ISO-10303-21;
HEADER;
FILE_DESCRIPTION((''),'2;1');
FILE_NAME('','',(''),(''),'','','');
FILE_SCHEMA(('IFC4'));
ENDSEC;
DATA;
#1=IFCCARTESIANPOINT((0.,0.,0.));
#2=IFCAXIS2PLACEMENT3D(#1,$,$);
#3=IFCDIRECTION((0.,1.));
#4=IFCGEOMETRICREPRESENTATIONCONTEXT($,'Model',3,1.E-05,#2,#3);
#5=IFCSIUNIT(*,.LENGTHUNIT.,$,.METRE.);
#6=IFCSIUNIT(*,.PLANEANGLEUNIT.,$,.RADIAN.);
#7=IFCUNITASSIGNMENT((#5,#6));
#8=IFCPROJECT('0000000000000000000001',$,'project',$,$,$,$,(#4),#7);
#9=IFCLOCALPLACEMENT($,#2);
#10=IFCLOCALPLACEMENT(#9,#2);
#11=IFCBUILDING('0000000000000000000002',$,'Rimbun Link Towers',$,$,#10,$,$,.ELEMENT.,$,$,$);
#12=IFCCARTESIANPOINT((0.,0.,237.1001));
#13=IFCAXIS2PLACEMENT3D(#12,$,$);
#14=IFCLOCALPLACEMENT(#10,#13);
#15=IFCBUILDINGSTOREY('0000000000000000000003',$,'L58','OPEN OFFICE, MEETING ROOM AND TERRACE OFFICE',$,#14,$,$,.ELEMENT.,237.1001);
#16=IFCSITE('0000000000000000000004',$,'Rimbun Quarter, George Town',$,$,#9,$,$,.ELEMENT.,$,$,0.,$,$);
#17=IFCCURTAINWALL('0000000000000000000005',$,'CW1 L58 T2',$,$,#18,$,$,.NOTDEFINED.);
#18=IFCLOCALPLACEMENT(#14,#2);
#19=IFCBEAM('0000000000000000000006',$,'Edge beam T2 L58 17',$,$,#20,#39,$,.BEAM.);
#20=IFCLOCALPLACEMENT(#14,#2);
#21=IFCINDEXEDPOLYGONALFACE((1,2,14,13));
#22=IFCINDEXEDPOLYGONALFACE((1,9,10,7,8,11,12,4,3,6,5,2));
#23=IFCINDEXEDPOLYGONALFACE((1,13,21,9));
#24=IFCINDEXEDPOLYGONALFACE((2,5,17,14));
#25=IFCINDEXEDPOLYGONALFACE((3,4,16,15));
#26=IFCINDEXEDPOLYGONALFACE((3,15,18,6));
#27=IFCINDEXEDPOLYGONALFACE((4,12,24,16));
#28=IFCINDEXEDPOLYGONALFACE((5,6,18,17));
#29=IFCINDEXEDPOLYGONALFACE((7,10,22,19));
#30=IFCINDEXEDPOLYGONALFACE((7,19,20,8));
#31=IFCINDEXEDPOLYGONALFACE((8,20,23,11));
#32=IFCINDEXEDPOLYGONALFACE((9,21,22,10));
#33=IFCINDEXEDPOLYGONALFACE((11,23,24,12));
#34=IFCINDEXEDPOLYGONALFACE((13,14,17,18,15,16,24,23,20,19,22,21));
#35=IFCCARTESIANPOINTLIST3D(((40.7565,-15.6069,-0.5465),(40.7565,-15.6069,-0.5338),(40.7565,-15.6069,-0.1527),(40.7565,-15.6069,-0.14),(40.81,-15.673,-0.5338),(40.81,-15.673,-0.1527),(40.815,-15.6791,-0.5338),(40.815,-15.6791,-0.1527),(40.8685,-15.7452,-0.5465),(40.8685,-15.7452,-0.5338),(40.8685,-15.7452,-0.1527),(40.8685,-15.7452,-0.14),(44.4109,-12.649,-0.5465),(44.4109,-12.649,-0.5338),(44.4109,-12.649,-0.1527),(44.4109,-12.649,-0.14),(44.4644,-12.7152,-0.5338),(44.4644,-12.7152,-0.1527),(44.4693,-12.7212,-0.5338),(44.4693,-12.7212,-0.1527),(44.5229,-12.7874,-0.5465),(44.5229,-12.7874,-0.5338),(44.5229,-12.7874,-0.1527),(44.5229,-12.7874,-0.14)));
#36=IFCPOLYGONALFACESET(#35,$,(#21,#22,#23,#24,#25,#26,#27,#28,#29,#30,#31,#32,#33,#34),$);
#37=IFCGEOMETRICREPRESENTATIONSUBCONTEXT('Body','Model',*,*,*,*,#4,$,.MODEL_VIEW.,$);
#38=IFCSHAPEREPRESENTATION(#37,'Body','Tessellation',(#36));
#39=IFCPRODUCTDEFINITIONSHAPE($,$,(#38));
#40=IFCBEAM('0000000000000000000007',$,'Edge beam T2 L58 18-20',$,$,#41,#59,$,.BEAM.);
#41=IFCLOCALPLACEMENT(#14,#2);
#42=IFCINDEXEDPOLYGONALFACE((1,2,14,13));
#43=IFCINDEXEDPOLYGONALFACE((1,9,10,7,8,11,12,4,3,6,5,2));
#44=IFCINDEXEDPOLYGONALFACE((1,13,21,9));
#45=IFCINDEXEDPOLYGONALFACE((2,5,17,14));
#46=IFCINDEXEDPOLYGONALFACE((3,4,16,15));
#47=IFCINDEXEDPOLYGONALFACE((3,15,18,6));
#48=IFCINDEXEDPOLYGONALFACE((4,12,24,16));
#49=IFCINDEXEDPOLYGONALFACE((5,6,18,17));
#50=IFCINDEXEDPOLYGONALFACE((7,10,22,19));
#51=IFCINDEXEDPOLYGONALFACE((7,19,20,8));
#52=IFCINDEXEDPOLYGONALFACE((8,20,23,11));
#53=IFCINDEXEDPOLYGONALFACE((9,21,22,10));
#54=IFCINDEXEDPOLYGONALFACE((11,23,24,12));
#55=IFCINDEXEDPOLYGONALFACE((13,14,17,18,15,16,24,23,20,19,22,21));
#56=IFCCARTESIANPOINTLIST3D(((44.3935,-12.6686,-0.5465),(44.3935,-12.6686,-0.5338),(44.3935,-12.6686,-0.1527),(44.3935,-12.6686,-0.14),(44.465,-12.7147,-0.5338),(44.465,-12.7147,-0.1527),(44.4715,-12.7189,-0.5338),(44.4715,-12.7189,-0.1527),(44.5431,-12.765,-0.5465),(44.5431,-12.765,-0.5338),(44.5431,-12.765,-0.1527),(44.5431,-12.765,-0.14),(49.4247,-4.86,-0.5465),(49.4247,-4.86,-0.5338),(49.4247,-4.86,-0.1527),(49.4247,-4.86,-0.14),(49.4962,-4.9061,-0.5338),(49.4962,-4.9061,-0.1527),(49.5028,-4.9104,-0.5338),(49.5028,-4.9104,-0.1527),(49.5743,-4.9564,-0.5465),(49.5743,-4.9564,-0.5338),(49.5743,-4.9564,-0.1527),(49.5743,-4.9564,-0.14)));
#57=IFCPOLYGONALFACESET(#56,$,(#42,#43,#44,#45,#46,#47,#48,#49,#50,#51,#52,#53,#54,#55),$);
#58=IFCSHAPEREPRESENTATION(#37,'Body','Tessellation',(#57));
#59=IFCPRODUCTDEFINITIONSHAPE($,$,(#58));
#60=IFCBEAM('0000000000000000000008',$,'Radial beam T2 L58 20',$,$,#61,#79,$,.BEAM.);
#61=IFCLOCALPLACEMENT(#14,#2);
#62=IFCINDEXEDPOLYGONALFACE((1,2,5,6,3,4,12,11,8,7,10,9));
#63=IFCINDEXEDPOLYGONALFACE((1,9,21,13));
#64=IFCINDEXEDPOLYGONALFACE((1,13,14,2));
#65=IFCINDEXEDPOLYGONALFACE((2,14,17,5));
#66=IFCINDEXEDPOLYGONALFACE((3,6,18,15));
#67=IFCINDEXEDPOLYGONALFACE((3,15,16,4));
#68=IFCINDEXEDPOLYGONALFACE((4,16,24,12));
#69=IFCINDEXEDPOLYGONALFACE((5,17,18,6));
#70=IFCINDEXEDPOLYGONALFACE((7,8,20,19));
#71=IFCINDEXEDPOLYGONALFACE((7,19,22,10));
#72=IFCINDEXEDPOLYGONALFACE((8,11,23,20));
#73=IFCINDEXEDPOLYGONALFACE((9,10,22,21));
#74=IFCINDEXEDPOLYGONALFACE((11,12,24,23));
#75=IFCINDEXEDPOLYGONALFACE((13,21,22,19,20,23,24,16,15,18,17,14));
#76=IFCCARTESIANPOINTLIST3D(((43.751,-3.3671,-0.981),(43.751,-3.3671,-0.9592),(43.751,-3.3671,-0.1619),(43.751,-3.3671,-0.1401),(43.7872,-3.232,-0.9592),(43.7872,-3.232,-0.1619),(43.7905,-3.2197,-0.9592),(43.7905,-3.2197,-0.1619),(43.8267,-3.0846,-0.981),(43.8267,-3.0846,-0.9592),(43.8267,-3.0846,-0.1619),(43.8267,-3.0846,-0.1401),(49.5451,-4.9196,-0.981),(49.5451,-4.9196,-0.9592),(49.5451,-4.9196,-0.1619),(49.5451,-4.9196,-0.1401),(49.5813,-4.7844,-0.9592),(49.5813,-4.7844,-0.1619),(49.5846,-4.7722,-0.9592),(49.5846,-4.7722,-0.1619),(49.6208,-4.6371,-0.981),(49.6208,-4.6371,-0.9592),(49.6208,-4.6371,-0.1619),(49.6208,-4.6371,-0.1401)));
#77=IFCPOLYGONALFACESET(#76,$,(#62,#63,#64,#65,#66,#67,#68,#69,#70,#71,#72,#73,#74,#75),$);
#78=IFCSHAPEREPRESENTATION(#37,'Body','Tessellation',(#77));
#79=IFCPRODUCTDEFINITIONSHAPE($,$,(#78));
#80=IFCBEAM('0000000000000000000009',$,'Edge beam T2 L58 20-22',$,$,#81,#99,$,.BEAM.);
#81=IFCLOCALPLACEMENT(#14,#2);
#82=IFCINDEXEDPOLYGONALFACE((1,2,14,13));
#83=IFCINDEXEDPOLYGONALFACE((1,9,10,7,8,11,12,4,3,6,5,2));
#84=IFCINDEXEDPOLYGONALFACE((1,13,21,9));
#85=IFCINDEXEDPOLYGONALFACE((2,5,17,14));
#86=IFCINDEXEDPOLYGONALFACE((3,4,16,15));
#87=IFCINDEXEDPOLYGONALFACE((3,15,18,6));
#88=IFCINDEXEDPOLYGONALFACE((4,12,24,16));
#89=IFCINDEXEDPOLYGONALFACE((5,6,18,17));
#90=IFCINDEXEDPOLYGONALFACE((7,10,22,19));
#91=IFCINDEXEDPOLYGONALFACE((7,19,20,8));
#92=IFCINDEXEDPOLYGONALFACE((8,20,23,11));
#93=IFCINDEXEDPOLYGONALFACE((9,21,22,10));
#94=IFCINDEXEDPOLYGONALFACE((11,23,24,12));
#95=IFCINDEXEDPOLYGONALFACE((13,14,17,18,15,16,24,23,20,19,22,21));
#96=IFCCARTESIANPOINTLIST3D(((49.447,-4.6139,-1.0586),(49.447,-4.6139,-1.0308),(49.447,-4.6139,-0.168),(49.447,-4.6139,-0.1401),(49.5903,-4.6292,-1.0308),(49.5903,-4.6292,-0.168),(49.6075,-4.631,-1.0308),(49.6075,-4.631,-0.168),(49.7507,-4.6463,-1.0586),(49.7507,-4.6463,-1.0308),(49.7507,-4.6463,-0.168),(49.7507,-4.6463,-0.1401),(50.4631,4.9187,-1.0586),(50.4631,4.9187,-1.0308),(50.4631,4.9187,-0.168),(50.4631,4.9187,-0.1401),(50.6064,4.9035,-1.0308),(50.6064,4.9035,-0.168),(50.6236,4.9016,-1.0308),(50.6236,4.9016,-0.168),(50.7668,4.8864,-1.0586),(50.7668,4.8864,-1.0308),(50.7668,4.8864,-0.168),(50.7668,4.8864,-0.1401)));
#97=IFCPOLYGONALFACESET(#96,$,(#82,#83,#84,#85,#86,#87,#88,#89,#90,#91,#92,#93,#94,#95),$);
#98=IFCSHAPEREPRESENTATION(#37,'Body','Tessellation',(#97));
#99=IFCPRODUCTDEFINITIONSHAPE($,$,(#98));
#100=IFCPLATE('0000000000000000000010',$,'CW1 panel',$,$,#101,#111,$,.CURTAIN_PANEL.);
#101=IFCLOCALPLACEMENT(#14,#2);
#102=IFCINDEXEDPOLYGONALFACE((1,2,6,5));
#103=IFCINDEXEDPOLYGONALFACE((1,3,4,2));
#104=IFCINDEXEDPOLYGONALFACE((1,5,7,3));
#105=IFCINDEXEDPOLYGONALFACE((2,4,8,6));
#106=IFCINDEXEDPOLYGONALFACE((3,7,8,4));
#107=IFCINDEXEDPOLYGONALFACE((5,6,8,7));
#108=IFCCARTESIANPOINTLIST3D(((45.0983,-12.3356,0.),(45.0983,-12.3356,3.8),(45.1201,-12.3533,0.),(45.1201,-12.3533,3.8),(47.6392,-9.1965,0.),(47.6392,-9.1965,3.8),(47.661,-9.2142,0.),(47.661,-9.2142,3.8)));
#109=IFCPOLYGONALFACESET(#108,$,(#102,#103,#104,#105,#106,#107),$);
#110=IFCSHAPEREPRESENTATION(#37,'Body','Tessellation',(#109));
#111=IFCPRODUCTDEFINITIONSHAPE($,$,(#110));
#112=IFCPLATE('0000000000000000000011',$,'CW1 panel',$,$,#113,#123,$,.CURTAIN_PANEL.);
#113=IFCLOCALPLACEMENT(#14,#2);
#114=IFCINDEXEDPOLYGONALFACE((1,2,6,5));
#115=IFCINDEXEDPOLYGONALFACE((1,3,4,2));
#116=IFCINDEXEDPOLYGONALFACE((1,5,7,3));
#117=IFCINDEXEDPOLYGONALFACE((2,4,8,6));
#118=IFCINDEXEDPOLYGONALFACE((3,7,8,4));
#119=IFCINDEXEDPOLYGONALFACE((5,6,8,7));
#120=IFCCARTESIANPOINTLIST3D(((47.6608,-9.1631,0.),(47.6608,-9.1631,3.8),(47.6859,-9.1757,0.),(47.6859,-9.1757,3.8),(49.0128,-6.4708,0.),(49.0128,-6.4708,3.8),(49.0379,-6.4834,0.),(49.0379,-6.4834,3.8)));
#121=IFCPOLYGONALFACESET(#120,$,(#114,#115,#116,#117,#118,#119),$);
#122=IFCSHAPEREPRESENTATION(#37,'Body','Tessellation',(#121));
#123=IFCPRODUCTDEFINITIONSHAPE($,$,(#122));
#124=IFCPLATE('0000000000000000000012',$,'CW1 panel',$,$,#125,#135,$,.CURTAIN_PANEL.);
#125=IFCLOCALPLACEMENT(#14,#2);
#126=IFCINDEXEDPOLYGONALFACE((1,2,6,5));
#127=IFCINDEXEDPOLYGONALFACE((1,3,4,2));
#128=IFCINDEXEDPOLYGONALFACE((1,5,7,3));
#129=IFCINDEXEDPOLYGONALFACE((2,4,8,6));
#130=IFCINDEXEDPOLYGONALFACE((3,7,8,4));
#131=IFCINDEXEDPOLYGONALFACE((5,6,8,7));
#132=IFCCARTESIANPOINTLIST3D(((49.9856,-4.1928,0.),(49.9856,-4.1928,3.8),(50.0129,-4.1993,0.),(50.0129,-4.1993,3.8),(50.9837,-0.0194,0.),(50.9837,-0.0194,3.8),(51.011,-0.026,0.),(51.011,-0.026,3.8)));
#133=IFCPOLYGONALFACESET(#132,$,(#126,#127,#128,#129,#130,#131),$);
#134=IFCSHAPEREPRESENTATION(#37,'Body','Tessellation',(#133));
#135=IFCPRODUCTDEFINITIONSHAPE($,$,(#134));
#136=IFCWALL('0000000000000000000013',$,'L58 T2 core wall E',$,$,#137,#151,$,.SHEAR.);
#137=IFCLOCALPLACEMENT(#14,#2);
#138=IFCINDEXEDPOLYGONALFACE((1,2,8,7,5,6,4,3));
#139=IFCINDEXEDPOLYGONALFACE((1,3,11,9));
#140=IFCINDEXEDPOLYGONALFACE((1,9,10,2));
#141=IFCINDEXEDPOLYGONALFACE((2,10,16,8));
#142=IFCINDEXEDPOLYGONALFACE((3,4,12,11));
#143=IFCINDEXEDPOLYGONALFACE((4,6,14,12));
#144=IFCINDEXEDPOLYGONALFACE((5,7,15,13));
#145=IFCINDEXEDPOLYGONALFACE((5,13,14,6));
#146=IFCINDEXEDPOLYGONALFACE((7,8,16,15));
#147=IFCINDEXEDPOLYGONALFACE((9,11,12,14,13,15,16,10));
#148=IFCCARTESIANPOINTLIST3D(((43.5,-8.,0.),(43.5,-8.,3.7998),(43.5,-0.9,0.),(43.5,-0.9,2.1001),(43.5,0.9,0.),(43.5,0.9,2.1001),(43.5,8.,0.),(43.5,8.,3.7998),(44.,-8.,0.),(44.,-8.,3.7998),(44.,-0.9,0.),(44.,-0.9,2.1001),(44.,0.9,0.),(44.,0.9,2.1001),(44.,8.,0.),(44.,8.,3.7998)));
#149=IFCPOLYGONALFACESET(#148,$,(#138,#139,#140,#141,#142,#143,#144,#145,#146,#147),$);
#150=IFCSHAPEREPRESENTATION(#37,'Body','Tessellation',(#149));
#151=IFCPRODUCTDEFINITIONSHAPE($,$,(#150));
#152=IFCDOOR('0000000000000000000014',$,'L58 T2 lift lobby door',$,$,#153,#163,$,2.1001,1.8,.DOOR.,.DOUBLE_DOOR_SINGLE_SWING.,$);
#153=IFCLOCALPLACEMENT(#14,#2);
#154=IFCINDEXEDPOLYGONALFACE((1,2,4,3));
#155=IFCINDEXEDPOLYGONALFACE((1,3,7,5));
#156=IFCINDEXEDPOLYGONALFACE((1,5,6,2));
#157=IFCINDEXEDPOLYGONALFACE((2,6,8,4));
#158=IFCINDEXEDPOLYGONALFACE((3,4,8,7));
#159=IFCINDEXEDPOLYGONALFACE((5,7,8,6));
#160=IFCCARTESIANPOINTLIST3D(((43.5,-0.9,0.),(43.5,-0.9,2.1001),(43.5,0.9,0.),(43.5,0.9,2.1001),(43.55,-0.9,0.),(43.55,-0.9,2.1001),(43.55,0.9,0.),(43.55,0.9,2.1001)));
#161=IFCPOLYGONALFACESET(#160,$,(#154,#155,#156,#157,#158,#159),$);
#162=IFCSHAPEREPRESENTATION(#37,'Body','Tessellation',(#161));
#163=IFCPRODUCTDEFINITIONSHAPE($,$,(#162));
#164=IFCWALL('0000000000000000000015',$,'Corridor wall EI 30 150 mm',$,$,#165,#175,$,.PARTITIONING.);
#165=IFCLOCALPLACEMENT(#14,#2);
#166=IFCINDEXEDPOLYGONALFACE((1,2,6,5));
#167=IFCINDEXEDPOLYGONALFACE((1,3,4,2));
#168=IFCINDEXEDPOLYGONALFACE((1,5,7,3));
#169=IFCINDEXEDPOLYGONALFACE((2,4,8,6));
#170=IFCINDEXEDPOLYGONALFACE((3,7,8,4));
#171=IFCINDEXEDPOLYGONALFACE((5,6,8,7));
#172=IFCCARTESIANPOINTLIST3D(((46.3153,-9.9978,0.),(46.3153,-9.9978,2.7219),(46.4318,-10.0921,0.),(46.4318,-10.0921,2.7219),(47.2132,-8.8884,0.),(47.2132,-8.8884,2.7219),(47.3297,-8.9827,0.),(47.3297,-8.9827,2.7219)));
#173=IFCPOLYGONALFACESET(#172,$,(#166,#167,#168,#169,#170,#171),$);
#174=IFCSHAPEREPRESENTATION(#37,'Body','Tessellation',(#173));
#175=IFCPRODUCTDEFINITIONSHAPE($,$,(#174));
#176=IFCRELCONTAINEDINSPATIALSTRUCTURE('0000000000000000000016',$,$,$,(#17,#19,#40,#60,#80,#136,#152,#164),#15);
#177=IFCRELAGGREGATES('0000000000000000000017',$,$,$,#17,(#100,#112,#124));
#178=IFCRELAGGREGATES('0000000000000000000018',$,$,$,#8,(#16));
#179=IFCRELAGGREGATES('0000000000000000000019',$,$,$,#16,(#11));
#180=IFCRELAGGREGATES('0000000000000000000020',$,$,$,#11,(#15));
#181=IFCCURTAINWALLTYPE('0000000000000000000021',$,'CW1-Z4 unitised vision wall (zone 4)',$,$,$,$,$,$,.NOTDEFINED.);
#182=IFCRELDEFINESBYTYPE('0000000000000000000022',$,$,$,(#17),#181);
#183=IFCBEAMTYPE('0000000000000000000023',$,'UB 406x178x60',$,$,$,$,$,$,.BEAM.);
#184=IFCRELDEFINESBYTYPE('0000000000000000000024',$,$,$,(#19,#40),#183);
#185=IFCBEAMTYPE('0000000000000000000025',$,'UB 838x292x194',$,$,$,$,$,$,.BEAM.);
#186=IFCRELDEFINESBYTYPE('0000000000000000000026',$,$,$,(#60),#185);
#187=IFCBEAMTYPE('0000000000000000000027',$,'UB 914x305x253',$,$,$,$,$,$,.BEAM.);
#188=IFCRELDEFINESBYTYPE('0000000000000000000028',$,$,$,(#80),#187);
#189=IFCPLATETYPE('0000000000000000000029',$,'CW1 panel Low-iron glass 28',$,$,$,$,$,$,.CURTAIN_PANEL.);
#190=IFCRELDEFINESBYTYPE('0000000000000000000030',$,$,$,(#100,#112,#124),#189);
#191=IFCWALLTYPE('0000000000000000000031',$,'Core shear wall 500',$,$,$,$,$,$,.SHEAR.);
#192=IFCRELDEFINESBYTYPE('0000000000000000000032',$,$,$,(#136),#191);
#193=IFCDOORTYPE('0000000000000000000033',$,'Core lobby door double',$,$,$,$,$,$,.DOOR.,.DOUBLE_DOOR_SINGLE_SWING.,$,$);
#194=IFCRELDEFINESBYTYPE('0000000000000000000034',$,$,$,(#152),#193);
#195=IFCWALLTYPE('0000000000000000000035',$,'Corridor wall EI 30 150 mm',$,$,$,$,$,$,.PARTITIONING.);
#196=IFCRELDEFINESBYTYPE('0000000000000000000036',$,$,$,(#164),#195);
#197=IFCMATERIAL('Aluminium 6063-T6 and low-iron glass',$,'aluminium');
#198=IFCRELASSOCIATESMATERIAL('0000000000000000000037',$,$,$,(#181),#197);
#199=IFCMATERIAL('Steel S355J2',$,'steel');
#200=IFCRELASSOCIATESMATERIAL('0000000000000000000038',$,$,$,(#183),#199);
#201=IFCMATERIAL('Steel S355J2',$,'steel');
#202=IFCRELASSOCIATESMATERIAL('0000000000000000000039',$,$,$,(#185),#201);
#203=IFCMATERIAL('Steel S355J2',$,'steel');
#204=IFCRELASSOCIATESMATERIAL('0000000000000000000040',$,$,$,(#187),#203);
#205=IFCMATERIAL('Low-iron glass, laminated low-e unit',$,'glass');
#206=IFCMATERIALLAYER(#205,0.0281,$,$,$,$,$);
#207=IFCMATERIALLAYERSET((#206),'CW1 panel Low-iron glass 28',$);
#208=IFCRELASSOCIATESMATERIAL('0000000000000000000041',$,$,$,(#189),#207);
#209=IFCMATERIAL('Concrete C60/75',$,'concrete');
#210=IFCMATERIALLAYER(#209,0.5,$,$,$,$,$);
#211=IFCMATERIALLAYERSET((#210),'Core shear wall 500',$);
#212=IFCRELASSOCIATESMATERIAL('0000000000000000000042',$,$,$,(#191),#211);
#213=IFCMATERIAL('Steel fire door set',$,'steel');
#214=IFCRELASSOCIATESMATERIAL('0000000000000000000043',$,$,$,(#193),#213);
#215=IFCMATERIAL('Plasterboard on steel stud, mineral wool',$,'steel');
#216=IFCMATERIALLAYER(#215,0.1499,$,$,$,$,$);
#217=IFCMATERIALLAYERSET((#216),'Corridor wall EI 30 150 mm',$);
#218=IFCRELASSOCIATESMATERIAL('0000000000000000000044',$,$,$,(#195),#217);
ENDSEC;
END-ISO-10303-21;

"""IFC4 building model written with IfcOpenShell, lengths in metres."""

from ifc_helpers import new_model, si_unit, direction, frame, frame_2d, origin, origin_2d, place, context, subcontext, project, spatial, rectangle, i_section, extrude, material, layer, layer_set, material_profile, profile_set, type_object, element, fill, aggregate, save


model = new_model("IFC4")

# Units and contexts
model_context = context("Model", 3, precision=1e-05, world=origin(), true_north=direction((0.0, 1.0)))
body_context = subcontext(model_context, "Body", "Model", "MODEL_VIEW")
ifc_project = project(units=[si_unit("LENGTHUNIT", "METRE"), si_unit("PLANEANGLEUNIT", "RADIAN")], contexts=[model_context])

# Site, building, storey
site_placement = place(None, origin())
site = spatial("IfcSite", under=ifc_project, at=site_placement, Name="Rimbun Quarter, George Town", CompositionType="ELEMENT", RefElevation=0.0)
building_placement = place(site_placement, origin())
building = spatial("IfcBuilding", under=site, at=building_placement, Name="Rimbun Link Towers", CompositionType="ELEMENT")
storey_placement = place(building_placement, frame((0.0, 0.0, 237.1001)))
storey = spatial("IfcBuildingStorey", under=building, at=storey_placement, Name="L58", Description="OPEN OFFICE, MEETING ROOM AND TERRACE OFFICE", CompositionType="ELEMENT", Elevation=237.1001)

# Curtain wall
ifc_material_1 = material(Name="Aluminium 6063-T6 and low-iron glass", Category="aluminium")
curtain_wall_type = type_object("IfcCurtainWallType", Name="CW1-Z4 unitised vision wall (zone 4)", PredefinedType="NOTDEFINED", material=ifc_material_1)
curtain_wall_placement = place(storey_placement, origin())
curtain_wall = element("IfcCurtainWall", 1, at=curtain_wall_placement, inside=storey, type_object=curtain_wall_type, Name="CW1 L58 T2", PredefinedType="NOTDEFINED")

# Beams
ifc_material_2 = material(Name="Steel S355J2", Category="steel")
ifc_material_profile_1 = material_profile(ifc_material_2, i_section(OverallWidth=0.178, OverallDepth=0.4065, WebThickness=0.0078, FlangeThickness=0.0127, at=origin_2d()), Name="UB 406x178x60")
ifc_profile_set_1 = profile_set([ifc_material_profile_1], Name="Steel S355J2")
beam_type_1 = type_object("IfcBeamType", Name="UB 406x178x60", PredefinedType="BEAM", material=ifc_profile_set_1)
beam_1_placement = place(storey_placement, frame((40.8125, -15.676, -0.3433), z_axis=(0.777294, 0.629137, 0.0), x_axis=(-0.629137, 0.777294, 0.0)))
element("IfcBeam", 2, at=beam_1_placement, inside=storey, type_object=beam_type_1, Name="Edge beam T2 L58 17", PredefinedType="BEAM", context=body_context, shape_type="SweptSolid", body=[
    extrude(i_section(OverallWidth=0.178, OverallDepth=0.4065, WebThickness=0.0078, FlangeThickness=0.0127, at=origin_2d()), origin(), (0.0, 0.0, 1.0), 4.7014),
])
beam_2_placement = place(storey_placement, frame((44.4683, -12.7168, -0.3433), z_axis=(0.541629, 0.840618, 0.0), x_axis=(-0.840618, 0.541629, 0.0)))
element("IfcBeam", 3, at=beam_2_placement, inside=storey, type_object=beam_type_1, Name="Edge beam T2 L58 18-20", PredefinedType="BEAM", context=body_context, shape_type="SweptSolid", body=[
    extrude(i_section(OverallWidth=0.178, OverallDepth=0.4065, WebThickness=0.0078, FlangeThickness=0.0127, at=origin_2d()), origin(), (0.0, 0.0, 1.0), 9.2891),
])
ifc_material_3 = material(Name="Steel S355J2", Category="steel")
ifc_material_profile_2 = material_profile(ifc_material_3, i_section(OverallWidth=0.2925, OverallDepth=0.8408, WebThickness=0.0127, FlangeThickness=0.0217, at=origin_2d()), Name="UB 838x292x194")
ifc_profile_set_2 = profile_set([ifc_material_profile_2], Name="Steel S355J2")
beam_type_2 = type_object("IfcBeamType", Name="UB 838x292x194", PredefinedType="BEAM", material=ifc_profile_set_2)
beam_3_placement = place(storey_placement, frame((43.7888, -3.2258, -0.5605), z_axis=(0.965928, -0.25881, 0.0), x_axis=(0.25881, 0.965928, 0.0)))
element("IfcBeam", 4, at=beam_3_placement, inside=storey, type_object=beam_type_2, Name="Radial beam T2 L58 20", PredefinedType="BEAM", context=body_context, shape_type="SweptSolid", body=[
    extrude(i_section(OverallWidth=0.2925, OverallDepth=0.8408, WebThickness=0.0127, FlangeThickness=0.0217, at=origin_2d()), origin(), (0.0, 0.0, 1.0), 5.9985),
])
ifc_material_4 = material(Name="Steel S355J2", Category="steel")
ifc_material_profile_3 = material_profile(ifc_material_4, i_section(OverallWidth=0.3054, OverallDepth=0.9185, WebThickness=0.0173, FlangeThickness=0.0278, at=origin_2d()), Name="UB 914x305x253")
ifc_profile_set_3 = profile_set([ifc_material_profile_3], Name="Steel S355J2")
beam_type_3 = type_object("IfcBeamType", Name="UB 914x305x253", PredefinedType="BEAM", material=ifc_profile_set_3)
beam_4_placement = place(storey_placement, frame((49.5989, -4.6301, -0.5994), z_axis=(0.105992, 0.994367, 0.0), x_axis=(-0.994367, 0.105992, 0.0)))
element("IfcBeam", 5, at=beam_4_placement, inside=storey, type_object=beam_type_3, Name="Edge beam T2 L58 20-22", PredefinedType="BEAM", context=body_context, shape_type="SweptSolid", body=[
    extrude(i_section(OverallWidth=0.3054, OverallDepth=0.9185, WebThickness=0.0173, FlangeThickness=0.0278, at=origin_2d()), origin(), (0.0, 0.0, 1.0), 9.5867),
])

# Plates
ifc_material_5 = material(Name="Low-iron glass, laminated low-e unit", Category="glass")
ifc_layer_1 = layer(ifc_material_5, 0.0281)
ifc_layer_set_1 = layer_set([ifc_layer_1], Name="CW1 panel Low-iron glass 28")
plate_type = type_object("IfcPlateType", Name="CW1 panel Low-iron glass 28", PredefinedType="CURTAIN_PANEL", material=ifc_layer_set_1)
plate_1_placement = place(storey_placement, frame((46.3796, -10.7749, 0.0), z_axis=(0.0, 0.0, 1.0), x_axis=(-0.629148, -0.777285, 0.0)))
plate_1 = element("IfcPlate", 6, at=plate_1_placement, type_object=plate_type, Name="CW1 panel", PredefinedType="CURTAIN_PANEL", context=body_context, shape_type="SweptSolid", body=[
    extrude(rectangle(XDim=4.0386, YDim=0.0281, at=origin_2d()), origin(), (0.0, 0.0, 1.0), 3.8),
])
plate_2_placement = place(storey_placement, frame((48.3494, -7.8232, 0.0), z_axis=(0.0, 0.0, 1.0), x_axis=(-0.448779, -0.893643, 0.0)))
plate_2 = element("IfcPlate", 7, at=plate_2_placement, type_object=plate_type, Name="CW1 panel", PredefinedType="CURTAIN_PANEL", context=body_context, shape_type="SweptSolid", body=[
    extrude(rectangle(XDim=3.0127, YDim=0.0281, at=origin_2d()), origin(), (0.0, 0.0, 1.0), 3.8),
])
plate_3_placement = place(storey_placement, frame((50.4983, -2.1094, 0.0), z_axis=(0.0, 0.0, 1.0), x_axis=(-0.232603, -0.972572, 0.0)))
plate_3 = element("IfcPlate", 8, at=plate_3_placement, type_object=plate_type, Name="CW1 panel", PredefinedType="CURTAIN_PANEL", context=body_context, shape_type="SweptSolid", body=[
    extrude(rectangle(XDim=4.291, YDim=0.0281, at=origin_2d()), origin(), (0.0, 0.0, 1.0), 3.8),
])
aggregate(curtain_wall, [plate_1, plate_2, plate_3])

# Wall, opening, door
ifc_material_6 = material(Name="Concrete C60/75", Category="concrete")
ifc_layer_2 = layer(ifc_material_6, 0.5)
ifc_layer_set_2 = layer_set([ifc_layer_2], Name="Core shear wall 500")
wall_type_1 = type_object("IfcWallType", Name="Core shear wall 500", PredefinedType="SHEAR", material=ifc_layer_set_2)
wall_1_placement = place(storey_placement, frame((43.75, -8.0, 0.0), z_axis=(0.0, 0.0, 1.0), x_axis=(0.0, 1.0, 0.0)))
wall_1 = element("IfcWall", 9, at=wall_1_placement, inside=storey, type_object=wall_type_1, Name="L58 T2 core wall E", PredefinedType="SHEAR", context=body_context, shape_type="SweptSolid", body=[
    extrude(rectangle(XDim=16.0, YDim=0.5, at=frame_2d((8.0, 0.0))), origin(), (0.0, 0.0, 1.0), 3.7998),
])
opening_1_placement = place(wall_1_placement, frame((7.1001, 0.0, 0.0)))
opening_1 = element("IfcOpeningElement", 10, at=opening_1_placement, cuts=wall_1, PredefinedType="OPENING", context=body_context, shape_type="SweptSolid", body=[
    extrude(rectangle(XDim=1.8, YDim=2.1001, at=frame_2d((0.8999, 1.05))), frame((0.0, 0.26, 0.0), z_axis=(0.0, -1.0, 0.0), x_axis=(1.0, 0.0, 0.0)), (0.0, 0.0, 1.0), 0.52),
])
ifc_material_7 = material(Name="Steel fire door set", Category="steel")
door_type_1 = type_object("IfcDoorType", Name="Core lobby door double", OperationType="DOUBLE_DOOR_SINGLE_SWING", PredefinedType="DOOR", material=ifc_material_7)
door_1_placement = place(opening_1_placement, origin())
door_1 = element("IfcDoor", 11, at=door_1_placement, inside=storey, type_object=door_type_1, Name="L58 T2 lift lobby door", OperationType="DOUBLE_DOOR_SINGLE_SWING", OverallHeight=2.1001, OverallWidth=1.8, PredefinedType="DOOR", context=body_context, shape_type="SweptSolid", body=[
    extrude(rectangle(XDim=1.8, YDim=2.1001, at=frame_2d((0.8999, 1.05))), frame((0.0, 0.25, 0.0), z_axis=(0.0, -1.0, 0.0), x_axis=(1.0, 0.0, 0.0)), (0.0, 0.0, 1.0), 0.05),
])
fill(opening_1, door_1)

# Wall
ifc_material_8 = material(Name="Plasterboard on steel stud, mineral wool", Category="steel")
ifc_layer_3 = layer(ifc_material_8, 0.1499)
ifc_layer_set_3 = layer_set([ifc_layer_3], Name="Corridor wall EI 30 150 mm")
wall_type_2 = type_object("IfcWallType", Name="Corridor wall EI 30 150 mm", PredefinedType="PARTITIONING", material=ifc_layer_set_3)
wall_2_placement = place(storey_placement, frame((46.3735, -10.0449, 0.0), z_axis=(0.0, 0.0, 1.0), x_axis=(0.629149, 0.777285, 0.0)))
element("IfcWall", 12, at=wall_2_placement, inside=storey, type_object=wall_type_2, Name="Corridor wall EI 30 150 mm", PredefinedType="PARTITIONING", context=body_context, shape_type="SweptSolid", body=[
    extrude(rectangle(XDim=1.4272, YDim=0.1499, at=frame_2d((0.7136, 0.0))), origin(), (0.0, 0.0, 1.0), 2.7219),
])

save(model, "model.ifc")
